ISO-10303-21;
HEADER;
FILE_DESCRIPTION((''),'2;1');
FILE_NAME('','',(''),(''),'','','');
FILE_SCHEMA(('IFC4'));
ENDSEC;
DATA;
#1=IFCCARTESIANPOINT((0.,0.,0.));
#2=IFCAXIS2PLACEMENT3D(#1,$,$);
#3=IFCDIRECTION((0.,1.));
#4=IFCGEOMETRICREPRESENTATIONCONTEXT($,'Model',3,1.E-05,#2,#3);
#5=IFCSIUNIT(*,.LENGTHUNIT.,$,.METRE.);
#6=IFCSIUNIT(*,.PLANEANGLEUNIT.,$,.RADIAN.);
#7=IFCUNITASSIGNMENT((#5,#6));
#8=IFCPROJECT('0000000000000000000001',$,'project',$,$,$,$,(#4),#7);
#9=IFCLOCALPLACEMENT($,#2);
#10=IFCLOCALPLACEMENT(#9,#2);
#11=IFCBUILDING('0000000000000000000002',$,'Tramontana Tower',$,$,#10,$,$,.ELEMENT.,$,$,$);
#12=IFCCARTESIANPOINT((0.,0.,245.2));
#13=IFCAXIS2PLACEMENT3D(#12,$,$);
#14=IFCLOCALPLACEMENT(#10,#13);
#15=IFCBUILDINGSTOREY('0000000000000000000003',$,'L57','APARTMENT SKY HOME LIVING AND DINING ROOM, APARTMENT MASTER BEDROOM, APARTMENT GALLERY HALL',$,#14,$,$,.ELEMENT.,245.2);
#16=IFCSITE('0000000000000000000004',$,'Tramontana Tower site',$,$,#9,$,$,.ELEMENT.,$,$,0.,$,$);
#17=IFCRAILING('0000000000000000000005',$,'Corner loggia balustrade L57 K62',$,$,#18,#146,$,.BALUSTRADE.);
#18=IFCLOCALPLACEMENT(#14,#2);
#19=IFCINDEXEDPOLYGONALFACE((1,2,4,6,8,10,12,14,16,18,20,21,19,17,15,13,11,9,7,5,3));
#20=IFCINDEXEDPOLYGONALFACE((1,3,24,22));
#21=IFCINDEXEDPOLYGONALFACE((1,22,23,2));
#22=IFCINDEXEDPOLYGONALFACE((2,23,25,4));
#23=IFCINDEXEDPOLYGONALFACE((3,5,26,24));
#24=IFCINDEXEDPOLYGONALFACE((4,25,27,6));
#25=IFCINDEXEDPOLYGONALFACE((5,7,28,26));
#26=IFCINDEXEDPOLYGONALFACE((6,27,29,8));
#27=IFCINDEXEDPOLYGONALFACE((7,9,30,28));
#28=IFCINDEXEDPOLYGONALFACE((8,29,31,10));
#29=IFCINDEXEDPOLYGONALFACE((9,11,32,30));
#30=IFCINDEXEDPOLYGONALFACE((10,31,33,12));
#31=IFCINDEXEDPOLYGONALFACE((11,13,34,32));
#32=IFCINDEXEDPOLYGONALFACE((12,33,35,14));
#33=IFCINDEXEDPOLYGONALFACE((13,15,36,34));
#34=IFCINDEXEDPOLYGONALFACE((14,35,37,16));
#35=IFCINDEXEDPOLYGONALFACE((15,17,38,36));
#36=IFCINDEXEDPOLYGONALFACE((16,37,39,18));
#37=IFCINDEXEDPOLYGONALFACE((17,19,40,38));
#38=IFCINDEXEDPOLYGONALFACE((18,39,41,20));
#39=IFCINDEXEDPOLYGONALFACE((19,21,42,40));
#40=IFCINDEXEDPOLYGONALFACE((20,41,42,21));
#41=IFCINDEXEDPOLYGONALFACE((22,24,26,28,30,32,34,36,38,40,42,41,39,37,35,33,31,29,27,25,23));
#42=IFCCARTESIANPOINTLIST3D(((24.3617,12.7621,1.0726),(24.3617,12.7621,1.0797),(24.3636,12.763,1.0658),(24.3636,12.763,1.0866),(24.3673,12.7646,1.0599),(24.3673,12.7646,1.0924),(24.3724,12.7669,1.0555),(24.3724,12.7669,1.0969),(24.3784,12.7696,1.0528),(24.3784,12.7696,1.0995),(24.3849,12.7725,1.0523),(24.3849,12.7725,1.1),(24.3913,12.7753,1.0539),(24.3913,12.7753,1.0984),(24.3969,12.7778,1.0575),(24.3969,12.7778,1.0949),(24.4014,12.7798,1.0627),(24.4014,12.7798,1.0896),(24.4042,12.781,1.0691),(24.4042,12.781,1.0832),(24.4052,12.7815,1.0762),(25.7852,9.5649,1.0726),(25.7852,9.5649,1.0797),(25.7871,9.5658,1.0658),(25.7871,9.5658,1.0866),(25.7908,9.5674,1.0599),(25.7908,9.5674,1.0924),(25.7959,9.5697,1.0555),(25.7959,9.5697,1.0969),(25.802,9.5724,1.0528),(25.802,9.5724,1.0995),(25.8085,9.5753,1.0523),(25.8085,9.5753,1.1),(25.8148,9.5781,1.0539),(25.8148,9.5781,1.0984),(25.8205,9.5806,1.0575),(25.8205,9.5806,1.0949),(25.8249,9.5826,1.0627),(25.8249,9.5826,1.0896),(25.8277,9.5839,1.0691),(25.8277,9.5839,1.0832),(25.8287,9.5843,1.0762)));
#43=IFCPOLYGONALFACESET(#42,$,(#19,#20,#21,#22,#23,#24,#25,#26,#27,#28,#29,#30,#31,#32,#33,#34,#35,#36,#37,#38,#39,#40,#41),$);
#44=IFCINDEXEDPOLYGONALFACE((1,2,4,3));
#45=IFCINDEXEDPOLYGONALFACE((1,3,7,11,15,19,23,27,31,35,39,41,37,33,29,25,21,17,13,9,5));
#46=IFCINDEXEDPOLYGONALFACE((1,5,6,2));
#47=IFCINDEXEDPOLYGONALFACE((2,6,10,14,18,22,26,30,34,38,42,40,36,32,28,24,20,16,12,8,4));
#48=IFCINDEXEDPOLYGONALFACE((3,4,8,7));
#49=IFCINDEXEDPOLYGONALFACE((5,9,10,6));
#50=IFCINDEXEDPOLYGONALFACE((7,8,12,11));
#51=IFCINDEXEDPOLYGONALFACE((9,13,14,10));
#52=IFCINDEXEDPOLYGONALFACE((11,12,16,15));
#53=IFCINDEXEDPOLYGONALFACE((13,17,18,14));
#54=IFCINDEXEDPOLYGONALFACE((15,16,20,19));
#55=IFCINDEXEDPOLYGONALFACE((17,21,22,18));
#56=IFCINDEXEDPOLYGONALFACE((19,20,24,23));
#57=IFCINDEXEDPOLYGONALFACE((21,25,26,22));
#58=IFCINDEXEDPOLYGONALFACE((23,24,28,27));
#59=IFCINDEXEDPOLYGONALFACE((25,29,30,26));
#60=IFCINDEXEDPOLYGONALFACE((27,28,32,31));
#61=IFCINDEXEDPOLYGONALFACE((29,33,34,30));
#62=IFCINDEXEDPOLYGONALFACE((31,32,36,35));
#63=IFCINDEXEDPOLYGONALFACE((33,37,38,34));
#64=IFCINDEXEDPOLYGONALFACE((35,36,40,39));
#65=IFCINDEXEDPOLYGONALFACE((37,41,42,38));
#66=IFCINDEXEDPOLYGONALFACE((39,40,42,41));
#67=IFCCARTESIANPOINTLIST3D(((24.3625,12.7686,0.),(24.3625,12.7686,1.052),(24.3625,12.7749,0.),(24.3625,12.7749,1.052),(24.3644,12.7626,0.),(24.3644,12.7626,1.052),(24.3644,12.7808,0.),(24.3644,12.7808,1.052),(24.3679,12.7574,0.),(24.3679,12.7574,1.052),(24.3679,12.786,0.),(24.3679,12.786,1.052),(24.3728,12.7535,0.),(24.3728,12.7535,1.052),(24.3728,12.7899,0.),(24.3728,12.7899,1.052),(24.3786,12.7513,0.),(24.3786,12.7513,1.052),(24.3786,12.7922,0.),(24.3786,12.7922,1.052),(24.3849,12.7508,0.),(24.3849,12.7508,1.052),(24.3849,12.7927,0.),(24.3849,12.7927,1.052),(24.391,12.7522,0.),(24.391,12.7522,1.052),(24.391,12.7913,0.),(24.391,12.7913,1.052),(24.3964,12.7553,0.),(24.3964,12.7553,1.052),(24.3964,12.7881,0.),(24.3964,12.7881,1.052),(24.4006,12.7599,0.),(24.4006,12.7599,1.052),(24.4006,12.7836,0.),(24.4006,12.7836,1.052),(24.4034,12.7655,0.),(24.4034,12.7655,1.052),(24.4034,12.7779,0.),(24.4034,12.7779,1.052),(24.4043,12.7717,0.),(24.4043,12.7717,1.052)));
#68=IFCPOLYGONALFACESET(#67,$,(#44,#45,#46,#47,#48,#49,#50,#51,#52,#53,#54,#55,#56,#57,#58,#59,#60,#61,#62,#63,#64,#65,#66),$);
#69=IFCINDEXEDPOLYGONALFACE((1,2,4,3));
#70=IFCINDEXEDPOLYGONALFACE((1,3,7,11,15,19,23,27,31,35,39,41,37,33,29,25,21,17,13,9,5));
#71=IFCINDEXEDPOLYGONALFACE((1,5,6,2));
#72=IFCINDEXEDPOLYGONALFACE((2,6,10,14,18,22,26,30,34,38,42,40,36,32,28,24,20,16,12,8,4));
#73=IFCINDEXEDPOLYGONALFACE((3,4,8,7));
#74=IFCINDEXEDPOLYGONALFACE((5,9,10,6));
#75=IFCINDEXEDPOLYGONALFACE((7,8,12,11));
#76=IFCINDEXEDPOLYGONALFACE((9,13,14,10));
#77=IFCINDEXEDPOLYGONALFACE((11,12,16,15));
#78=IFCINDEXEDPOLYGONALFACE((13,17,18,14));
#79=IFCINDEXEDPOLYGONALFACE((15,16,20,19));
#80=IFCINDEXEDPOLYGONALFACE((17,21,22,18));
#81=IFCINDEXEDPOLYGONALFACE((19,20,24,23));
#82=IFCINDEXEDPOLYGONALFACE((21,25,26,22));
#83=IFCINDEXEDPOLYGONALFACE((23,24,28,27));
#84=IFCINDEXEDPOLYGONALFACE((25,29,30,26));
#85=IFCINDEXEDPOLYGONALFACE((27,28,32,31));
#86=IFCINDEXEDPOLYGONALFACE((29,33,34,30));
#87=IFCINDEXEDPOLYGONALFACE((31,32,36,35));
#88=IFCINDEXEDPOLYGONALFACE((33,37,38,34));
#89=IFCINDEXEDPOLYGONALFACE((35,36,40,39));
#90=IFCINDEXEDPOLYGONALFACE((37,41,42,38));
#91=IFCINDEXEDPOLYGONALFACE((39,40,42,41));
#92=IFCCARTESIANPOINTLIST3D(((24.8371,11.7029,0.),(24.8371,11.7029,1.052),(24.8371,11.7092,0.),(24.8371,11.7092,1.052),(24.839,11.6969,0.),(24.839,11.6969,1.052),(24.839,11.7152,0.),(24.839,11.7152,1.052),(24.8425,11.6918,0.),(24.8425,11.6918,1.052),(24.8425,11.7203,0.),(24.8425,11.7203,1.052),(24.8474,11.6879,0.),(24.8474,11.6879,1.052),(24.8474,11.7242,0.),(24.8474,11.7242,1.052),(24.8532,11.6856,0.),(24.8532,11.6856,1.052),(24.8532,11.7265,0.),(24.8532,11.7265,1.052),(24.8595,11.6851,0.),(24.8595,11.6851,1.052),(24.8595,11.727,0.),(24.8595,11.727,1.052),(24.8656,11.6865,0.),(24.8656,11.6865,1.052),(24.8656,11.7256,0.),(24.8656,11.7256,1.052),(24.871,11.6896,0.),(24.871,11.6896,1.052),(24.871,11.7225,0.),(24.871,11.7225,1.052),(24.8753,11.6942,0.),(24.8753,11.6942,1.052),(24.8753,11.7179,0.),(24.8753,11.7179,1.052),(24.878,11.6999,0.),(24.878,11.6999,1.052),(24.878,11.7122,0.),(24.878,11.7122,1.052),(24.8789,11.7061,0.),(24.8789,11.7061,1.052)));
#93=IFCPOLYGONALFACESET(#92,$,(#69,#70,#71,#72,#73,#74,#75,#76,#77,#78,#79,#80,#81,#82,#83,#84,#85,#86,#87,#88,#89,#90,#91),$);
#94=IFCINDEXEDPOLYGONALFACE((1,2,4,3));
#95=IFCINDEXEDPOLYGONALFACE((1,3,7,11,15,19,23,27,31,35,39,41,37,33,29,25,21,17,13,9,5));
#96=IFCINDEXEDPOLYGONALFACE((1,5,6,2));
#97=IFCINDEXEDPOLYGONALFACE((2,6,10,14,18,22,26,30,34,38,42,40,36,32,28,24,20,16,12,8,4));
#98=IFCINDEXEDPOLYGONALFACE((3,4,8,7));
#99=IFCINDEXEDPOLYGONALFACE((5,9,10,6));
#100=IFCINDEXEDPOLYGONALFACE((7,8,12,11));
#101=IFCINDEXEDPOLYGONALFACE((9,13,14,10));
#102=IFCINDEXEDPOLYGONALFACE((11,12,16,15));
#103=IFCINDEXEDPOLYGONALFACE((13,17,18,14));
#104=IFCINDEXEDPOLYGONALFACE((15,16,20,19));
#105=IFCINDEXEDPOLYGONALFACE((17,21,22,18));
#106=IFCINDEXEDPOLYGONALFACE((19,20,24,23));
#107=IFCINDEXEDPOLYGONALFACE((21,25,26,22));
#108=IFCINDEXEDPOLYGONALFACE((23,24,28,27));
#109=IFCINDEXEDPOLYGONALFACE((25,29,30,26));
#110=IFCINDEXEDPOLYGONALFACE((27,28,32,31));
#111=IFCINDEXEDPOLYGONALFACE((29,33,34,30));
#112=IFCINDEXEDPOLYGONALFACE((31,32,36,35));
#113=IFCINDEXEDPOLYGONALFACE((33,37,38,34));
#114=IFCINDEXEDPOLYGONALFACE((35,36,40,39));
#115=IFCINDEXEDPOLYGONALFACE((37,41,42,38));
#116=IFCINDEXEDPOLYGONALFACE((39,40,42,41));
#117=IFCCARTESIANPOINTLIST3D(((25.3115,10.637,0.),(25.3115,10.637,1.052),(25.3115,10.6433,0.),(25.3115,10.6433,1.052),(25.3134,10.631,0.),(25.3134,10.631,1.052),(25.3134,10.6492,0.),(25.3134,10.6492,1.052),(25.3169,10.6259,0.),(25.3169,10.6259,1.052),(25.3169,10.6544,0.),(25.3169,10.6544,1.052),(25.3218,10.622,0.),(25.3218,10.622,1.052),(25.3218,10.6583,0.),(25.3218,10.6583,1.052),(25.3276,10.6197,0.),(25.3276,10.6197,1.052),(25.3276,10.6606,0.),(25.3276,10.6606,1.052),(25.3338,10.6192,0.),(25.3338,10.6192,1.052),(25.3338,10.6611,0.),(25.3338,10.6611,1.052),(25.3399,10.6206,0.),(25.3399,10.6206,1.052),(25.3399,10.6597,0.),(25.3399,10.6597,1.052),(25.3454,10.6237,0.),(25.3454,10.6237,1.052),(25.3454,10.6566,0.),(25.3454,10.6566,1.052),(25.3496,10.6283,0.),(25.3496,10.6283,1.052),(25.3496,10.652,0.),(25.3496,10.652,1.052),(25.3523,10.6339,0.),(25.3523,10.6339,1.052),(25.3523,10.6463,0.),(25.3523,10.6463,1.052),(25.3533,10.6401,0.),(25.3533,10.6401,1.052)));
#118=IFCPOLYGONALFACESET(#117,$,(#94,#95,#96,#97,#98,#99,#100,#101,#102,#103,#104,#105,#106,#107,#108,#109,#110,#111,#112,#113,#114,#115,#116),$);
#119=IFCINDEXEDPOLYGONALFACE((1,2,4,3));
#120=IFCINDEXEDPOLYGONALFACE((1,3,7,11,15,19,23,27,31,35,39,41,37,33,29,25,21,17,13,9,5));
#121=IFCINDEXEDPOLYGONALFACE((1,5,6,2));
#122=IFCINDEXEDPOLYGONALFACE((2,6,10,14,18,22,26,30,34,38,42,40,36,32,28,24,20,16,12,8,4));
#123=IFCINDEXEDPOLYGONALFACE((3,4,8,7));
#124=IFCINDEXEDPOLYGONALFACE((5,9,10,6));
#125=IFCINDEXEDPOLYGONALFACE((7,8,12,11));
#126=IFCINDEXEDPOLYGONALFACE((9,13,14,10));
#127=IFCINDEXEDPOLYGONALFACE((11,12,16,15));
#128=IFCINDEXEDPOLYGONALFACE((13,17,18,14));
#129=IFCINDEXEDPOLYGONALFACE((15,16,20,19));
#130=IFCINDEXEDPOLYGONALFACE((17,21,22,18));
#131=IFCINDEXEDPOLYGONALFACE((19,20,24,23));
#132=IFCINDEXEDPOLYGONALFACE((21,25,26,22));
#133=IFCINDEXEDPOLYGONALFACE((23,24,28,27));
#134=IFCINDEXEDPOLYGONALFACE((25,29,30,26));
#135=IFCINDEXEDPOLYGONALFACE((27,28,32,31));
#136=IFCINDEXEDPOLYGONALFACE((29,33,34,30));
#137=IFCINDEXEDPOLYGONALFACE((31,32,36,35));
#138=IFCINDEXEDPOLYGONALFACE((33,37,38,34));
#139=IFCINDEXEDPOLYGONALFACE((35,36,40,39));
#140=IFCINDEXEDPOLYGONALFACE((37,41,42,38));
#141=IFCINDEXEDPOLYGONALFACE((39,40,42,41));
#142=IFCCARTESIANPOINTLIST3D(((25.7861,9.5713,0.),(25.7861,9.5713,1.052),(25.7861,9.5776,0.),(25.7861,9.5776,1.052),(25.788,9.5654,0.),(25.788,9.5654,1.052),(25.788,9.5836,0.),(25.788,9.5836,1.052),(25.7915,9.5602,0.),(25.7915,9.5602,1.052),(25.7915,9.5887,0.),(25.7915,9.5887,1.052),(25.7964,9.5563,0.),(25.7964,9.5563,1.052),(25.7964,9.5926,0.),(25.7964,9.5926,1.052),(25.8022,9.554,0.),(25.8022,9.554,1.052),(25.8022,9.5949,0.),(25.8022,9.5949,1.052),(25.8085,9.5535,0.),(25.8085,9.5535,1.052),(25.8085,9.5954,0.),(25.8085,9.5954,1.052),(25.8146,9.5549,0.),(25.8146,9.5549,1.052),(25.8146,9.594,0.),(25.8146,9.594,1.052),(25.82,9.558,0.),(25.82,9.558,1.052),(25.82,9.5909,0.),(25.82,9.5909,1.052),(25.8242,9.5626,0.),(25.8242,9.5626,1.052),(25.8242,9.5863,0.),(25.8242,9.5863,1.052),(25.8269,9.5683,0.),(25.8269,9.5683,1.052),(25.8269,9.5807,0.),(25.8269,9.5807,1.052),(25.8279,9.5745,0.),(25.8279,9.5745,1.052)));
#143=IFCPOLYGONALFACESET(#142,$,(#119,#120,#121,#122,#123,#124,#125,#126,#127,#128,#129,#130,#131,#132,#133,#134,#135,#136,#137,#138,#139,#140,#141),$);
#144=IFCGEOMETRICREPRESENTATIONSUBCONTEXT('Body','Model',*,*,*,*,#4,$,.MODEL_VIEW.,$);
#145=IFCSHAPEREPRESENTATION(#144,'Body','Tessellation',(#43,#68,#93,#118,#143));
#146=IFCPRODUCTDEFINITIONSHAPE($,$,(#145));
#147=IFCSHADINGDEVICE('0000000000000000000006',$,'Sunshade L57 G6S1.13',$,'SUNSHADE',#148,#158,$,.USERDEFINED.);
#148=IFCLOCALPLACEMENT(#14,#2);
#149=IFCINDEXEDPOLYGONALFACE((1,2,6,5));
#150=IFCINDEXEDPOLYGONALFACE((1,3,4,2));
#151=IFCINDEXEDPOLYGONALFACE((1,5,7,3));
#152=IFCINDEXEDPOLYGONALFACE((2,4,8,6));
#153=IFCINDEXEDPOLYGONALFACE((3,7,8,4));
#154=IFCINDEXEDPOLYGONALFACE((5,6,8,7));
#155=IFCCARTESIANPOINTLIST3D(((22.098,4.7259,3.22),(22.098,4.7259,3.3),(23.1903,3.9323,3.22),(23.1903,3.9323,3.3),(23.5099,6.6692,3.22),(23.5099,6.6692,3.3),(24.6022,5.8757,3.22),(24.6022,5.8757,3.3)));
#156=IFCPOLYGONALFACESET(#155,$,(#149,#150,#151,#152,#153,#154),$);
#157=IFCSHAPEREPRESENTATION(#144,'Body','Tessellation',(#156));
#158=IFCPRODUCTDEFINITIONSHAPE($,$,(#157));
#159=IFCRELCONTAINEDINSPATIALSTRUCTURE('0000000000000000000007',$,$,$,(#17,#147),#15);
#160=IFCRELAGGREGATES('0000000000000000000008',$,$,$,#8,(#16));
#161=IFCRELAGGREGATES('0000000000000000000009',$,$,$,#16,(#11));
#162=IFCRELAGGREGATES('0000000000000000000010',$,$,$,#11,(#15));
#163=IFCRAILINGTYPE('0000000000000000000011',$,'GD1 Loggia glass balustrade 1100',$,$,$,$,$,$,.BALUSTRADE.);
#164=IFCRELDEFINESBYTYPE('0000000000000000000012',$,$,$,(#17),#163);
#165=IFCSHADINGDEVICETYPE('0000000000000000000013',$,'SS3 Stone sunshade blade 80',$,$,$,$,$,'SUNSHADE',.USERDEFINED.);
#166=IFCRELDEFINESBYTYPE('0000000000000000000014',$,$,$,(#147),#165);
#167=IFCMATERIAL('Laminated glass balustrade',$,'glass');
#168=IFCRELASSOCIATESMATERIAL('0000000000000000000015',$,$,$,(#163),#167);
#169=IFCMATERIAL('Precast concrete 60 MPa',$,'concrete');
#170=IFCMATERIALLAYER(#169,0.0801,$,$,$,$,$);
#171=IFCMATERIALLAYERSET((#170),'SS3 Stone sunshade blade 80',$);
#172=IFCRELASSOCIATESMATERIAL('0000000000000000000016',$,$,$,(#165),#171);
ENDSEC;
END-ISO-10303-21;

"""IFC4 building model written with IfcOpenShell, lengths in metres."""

from ifc_helpers import new_model, si_unit, direction, frame, origin, origin_2d, place, context, subcontext, project, spatial, rectangle, circle, extrude, material, layer, layer_set, type_object, element, save


model = new_model("IFC4")

# Units and contexts
model_context = context("Model", 3, precision=1e-05, world=origin(), true_north=direction((0.0, 1.0)))
body_context = subcontext(model_context, "Body", "Model", "MODEL_VIEW")
ifc_project = project(units=[si_unit("LENGTHUNIT", "METRE"), si_unit("PLANEANGLEUNIT", "RADIAN")], contexts=[model_context])

# Site, building, storey
site_placement = place(None, origin())
site = spatial("IfcSite", under=ifc_project, at=site_placement, Name="Tramontana Tower site", CompositionType="ELEMENT", RefElevation=0.0)
building_placement = place(site_placement, origin())
building = spatial("IfcBuilding", under=site, at=building_placement, Name="Tramontana Tower", CompositionType="ELEMENT")
storey_placement = place(building_placement, frame((0.0, 0.0, 245.2)))
storey = spatial("IfcBuildingStorey", under=building, at=storey_placement, Name="L57", Description="APARTMENT SKY HOME LIVING AND DINING ROOM, APARTMENT MASTER BEDROOM, APARTMENT GALLERY HALL", CompositionType="ELEMENT", Elevation=245.2)

# Railing
ifc_material_1 = material(Name="Laminated glass balustrade", Category="glass")
railing_type = type_object("IfcRailingType", Name="GD1 Loggia glass balustrade 1100", PredefinedType="BALUSTRADE", material=ifc_material_1)
railing_1_placement = place(storey_placement, frame((24.3833, 12.7717, 0.0)))
element("IfcRailing", 1, at=railing_1_placement, inside=storey, type_object=railing_type, Name="Corner loggia balustrade L57 K62", PredefinedType="BALUSTRADE", context=body_context, shape_type="SweptSolid", body=[
    extrude(circle(Radius=0.0239, at=origin_2d()), frame((0.0, 0.0, 1.0762), z_axis=(0.406753, -0.913538, 0.0), x_axis=(0.913538, 0.406753, 0.0)), (0.0, 0.0, 1.0), 3.4998),
    extrude(circle(Radius=0.021, at=origin_2d()), origin(), (0.0, 0.0, 1.0), 1.052),
    extrude(circle(Radius=0.021, at=origin_2d()), frame((0.4746, -1.0657, 0.0)), (0.0, 0.0, 1.0), 1.052),
    extrude(circle(Radius=0.021, at=origin_2d()), frame((0.949, -2.1316, 0.0)), (0.0, 0.0, 1.0), 1.052),
    extrude(circle(Radius=0.021, at=origin_2d()), frame((1.4236, -3.1973, 0.0)), (0.0, 0.0, 1.0), 1.052),
])

# Shading device
ifc_material_2 = material(Name="Precast concrete 60 MPa", Category="concrete")
ifc_layer_1 = layer(ifc_material_2, 0.0801)
ifc_layer_set_1 = layer_set([ifc_layer_1], Name="SS3 Stone sunshade blade 80")
shading_device_type = type_object("IfcShadingDeviceType", Name="SS3 Stone sunshade blade 80", ElementType="SUNSHADE", PredefinedType="USERDEFINED", material=ifc_layer_set_1)
shading_device_placement = place(storey_placement, frame((23.3501, 5.3008, 3.22), z_axis=(0.0, 0.0, 1.0), x_axis=(0.587785, 0.809017, 0.0)))
element("IfcShadingDevice", 2, at=shading_device_placement, inside=storey, type_object=shading_device_type, Name="Sunshade L57 G6S1.13", ObjectType="SUNSHADE", PredefinedType="USERDEFINED", context=body_context, shape_type="SweptSolid", body=[
    extrude(rectangle(XDim=2.4021, YDim=1.3501, at=origin_2d()), origin(), (0.0, 0.0, 1.0), 0.0801),
])

save(model, "model.ifc")
